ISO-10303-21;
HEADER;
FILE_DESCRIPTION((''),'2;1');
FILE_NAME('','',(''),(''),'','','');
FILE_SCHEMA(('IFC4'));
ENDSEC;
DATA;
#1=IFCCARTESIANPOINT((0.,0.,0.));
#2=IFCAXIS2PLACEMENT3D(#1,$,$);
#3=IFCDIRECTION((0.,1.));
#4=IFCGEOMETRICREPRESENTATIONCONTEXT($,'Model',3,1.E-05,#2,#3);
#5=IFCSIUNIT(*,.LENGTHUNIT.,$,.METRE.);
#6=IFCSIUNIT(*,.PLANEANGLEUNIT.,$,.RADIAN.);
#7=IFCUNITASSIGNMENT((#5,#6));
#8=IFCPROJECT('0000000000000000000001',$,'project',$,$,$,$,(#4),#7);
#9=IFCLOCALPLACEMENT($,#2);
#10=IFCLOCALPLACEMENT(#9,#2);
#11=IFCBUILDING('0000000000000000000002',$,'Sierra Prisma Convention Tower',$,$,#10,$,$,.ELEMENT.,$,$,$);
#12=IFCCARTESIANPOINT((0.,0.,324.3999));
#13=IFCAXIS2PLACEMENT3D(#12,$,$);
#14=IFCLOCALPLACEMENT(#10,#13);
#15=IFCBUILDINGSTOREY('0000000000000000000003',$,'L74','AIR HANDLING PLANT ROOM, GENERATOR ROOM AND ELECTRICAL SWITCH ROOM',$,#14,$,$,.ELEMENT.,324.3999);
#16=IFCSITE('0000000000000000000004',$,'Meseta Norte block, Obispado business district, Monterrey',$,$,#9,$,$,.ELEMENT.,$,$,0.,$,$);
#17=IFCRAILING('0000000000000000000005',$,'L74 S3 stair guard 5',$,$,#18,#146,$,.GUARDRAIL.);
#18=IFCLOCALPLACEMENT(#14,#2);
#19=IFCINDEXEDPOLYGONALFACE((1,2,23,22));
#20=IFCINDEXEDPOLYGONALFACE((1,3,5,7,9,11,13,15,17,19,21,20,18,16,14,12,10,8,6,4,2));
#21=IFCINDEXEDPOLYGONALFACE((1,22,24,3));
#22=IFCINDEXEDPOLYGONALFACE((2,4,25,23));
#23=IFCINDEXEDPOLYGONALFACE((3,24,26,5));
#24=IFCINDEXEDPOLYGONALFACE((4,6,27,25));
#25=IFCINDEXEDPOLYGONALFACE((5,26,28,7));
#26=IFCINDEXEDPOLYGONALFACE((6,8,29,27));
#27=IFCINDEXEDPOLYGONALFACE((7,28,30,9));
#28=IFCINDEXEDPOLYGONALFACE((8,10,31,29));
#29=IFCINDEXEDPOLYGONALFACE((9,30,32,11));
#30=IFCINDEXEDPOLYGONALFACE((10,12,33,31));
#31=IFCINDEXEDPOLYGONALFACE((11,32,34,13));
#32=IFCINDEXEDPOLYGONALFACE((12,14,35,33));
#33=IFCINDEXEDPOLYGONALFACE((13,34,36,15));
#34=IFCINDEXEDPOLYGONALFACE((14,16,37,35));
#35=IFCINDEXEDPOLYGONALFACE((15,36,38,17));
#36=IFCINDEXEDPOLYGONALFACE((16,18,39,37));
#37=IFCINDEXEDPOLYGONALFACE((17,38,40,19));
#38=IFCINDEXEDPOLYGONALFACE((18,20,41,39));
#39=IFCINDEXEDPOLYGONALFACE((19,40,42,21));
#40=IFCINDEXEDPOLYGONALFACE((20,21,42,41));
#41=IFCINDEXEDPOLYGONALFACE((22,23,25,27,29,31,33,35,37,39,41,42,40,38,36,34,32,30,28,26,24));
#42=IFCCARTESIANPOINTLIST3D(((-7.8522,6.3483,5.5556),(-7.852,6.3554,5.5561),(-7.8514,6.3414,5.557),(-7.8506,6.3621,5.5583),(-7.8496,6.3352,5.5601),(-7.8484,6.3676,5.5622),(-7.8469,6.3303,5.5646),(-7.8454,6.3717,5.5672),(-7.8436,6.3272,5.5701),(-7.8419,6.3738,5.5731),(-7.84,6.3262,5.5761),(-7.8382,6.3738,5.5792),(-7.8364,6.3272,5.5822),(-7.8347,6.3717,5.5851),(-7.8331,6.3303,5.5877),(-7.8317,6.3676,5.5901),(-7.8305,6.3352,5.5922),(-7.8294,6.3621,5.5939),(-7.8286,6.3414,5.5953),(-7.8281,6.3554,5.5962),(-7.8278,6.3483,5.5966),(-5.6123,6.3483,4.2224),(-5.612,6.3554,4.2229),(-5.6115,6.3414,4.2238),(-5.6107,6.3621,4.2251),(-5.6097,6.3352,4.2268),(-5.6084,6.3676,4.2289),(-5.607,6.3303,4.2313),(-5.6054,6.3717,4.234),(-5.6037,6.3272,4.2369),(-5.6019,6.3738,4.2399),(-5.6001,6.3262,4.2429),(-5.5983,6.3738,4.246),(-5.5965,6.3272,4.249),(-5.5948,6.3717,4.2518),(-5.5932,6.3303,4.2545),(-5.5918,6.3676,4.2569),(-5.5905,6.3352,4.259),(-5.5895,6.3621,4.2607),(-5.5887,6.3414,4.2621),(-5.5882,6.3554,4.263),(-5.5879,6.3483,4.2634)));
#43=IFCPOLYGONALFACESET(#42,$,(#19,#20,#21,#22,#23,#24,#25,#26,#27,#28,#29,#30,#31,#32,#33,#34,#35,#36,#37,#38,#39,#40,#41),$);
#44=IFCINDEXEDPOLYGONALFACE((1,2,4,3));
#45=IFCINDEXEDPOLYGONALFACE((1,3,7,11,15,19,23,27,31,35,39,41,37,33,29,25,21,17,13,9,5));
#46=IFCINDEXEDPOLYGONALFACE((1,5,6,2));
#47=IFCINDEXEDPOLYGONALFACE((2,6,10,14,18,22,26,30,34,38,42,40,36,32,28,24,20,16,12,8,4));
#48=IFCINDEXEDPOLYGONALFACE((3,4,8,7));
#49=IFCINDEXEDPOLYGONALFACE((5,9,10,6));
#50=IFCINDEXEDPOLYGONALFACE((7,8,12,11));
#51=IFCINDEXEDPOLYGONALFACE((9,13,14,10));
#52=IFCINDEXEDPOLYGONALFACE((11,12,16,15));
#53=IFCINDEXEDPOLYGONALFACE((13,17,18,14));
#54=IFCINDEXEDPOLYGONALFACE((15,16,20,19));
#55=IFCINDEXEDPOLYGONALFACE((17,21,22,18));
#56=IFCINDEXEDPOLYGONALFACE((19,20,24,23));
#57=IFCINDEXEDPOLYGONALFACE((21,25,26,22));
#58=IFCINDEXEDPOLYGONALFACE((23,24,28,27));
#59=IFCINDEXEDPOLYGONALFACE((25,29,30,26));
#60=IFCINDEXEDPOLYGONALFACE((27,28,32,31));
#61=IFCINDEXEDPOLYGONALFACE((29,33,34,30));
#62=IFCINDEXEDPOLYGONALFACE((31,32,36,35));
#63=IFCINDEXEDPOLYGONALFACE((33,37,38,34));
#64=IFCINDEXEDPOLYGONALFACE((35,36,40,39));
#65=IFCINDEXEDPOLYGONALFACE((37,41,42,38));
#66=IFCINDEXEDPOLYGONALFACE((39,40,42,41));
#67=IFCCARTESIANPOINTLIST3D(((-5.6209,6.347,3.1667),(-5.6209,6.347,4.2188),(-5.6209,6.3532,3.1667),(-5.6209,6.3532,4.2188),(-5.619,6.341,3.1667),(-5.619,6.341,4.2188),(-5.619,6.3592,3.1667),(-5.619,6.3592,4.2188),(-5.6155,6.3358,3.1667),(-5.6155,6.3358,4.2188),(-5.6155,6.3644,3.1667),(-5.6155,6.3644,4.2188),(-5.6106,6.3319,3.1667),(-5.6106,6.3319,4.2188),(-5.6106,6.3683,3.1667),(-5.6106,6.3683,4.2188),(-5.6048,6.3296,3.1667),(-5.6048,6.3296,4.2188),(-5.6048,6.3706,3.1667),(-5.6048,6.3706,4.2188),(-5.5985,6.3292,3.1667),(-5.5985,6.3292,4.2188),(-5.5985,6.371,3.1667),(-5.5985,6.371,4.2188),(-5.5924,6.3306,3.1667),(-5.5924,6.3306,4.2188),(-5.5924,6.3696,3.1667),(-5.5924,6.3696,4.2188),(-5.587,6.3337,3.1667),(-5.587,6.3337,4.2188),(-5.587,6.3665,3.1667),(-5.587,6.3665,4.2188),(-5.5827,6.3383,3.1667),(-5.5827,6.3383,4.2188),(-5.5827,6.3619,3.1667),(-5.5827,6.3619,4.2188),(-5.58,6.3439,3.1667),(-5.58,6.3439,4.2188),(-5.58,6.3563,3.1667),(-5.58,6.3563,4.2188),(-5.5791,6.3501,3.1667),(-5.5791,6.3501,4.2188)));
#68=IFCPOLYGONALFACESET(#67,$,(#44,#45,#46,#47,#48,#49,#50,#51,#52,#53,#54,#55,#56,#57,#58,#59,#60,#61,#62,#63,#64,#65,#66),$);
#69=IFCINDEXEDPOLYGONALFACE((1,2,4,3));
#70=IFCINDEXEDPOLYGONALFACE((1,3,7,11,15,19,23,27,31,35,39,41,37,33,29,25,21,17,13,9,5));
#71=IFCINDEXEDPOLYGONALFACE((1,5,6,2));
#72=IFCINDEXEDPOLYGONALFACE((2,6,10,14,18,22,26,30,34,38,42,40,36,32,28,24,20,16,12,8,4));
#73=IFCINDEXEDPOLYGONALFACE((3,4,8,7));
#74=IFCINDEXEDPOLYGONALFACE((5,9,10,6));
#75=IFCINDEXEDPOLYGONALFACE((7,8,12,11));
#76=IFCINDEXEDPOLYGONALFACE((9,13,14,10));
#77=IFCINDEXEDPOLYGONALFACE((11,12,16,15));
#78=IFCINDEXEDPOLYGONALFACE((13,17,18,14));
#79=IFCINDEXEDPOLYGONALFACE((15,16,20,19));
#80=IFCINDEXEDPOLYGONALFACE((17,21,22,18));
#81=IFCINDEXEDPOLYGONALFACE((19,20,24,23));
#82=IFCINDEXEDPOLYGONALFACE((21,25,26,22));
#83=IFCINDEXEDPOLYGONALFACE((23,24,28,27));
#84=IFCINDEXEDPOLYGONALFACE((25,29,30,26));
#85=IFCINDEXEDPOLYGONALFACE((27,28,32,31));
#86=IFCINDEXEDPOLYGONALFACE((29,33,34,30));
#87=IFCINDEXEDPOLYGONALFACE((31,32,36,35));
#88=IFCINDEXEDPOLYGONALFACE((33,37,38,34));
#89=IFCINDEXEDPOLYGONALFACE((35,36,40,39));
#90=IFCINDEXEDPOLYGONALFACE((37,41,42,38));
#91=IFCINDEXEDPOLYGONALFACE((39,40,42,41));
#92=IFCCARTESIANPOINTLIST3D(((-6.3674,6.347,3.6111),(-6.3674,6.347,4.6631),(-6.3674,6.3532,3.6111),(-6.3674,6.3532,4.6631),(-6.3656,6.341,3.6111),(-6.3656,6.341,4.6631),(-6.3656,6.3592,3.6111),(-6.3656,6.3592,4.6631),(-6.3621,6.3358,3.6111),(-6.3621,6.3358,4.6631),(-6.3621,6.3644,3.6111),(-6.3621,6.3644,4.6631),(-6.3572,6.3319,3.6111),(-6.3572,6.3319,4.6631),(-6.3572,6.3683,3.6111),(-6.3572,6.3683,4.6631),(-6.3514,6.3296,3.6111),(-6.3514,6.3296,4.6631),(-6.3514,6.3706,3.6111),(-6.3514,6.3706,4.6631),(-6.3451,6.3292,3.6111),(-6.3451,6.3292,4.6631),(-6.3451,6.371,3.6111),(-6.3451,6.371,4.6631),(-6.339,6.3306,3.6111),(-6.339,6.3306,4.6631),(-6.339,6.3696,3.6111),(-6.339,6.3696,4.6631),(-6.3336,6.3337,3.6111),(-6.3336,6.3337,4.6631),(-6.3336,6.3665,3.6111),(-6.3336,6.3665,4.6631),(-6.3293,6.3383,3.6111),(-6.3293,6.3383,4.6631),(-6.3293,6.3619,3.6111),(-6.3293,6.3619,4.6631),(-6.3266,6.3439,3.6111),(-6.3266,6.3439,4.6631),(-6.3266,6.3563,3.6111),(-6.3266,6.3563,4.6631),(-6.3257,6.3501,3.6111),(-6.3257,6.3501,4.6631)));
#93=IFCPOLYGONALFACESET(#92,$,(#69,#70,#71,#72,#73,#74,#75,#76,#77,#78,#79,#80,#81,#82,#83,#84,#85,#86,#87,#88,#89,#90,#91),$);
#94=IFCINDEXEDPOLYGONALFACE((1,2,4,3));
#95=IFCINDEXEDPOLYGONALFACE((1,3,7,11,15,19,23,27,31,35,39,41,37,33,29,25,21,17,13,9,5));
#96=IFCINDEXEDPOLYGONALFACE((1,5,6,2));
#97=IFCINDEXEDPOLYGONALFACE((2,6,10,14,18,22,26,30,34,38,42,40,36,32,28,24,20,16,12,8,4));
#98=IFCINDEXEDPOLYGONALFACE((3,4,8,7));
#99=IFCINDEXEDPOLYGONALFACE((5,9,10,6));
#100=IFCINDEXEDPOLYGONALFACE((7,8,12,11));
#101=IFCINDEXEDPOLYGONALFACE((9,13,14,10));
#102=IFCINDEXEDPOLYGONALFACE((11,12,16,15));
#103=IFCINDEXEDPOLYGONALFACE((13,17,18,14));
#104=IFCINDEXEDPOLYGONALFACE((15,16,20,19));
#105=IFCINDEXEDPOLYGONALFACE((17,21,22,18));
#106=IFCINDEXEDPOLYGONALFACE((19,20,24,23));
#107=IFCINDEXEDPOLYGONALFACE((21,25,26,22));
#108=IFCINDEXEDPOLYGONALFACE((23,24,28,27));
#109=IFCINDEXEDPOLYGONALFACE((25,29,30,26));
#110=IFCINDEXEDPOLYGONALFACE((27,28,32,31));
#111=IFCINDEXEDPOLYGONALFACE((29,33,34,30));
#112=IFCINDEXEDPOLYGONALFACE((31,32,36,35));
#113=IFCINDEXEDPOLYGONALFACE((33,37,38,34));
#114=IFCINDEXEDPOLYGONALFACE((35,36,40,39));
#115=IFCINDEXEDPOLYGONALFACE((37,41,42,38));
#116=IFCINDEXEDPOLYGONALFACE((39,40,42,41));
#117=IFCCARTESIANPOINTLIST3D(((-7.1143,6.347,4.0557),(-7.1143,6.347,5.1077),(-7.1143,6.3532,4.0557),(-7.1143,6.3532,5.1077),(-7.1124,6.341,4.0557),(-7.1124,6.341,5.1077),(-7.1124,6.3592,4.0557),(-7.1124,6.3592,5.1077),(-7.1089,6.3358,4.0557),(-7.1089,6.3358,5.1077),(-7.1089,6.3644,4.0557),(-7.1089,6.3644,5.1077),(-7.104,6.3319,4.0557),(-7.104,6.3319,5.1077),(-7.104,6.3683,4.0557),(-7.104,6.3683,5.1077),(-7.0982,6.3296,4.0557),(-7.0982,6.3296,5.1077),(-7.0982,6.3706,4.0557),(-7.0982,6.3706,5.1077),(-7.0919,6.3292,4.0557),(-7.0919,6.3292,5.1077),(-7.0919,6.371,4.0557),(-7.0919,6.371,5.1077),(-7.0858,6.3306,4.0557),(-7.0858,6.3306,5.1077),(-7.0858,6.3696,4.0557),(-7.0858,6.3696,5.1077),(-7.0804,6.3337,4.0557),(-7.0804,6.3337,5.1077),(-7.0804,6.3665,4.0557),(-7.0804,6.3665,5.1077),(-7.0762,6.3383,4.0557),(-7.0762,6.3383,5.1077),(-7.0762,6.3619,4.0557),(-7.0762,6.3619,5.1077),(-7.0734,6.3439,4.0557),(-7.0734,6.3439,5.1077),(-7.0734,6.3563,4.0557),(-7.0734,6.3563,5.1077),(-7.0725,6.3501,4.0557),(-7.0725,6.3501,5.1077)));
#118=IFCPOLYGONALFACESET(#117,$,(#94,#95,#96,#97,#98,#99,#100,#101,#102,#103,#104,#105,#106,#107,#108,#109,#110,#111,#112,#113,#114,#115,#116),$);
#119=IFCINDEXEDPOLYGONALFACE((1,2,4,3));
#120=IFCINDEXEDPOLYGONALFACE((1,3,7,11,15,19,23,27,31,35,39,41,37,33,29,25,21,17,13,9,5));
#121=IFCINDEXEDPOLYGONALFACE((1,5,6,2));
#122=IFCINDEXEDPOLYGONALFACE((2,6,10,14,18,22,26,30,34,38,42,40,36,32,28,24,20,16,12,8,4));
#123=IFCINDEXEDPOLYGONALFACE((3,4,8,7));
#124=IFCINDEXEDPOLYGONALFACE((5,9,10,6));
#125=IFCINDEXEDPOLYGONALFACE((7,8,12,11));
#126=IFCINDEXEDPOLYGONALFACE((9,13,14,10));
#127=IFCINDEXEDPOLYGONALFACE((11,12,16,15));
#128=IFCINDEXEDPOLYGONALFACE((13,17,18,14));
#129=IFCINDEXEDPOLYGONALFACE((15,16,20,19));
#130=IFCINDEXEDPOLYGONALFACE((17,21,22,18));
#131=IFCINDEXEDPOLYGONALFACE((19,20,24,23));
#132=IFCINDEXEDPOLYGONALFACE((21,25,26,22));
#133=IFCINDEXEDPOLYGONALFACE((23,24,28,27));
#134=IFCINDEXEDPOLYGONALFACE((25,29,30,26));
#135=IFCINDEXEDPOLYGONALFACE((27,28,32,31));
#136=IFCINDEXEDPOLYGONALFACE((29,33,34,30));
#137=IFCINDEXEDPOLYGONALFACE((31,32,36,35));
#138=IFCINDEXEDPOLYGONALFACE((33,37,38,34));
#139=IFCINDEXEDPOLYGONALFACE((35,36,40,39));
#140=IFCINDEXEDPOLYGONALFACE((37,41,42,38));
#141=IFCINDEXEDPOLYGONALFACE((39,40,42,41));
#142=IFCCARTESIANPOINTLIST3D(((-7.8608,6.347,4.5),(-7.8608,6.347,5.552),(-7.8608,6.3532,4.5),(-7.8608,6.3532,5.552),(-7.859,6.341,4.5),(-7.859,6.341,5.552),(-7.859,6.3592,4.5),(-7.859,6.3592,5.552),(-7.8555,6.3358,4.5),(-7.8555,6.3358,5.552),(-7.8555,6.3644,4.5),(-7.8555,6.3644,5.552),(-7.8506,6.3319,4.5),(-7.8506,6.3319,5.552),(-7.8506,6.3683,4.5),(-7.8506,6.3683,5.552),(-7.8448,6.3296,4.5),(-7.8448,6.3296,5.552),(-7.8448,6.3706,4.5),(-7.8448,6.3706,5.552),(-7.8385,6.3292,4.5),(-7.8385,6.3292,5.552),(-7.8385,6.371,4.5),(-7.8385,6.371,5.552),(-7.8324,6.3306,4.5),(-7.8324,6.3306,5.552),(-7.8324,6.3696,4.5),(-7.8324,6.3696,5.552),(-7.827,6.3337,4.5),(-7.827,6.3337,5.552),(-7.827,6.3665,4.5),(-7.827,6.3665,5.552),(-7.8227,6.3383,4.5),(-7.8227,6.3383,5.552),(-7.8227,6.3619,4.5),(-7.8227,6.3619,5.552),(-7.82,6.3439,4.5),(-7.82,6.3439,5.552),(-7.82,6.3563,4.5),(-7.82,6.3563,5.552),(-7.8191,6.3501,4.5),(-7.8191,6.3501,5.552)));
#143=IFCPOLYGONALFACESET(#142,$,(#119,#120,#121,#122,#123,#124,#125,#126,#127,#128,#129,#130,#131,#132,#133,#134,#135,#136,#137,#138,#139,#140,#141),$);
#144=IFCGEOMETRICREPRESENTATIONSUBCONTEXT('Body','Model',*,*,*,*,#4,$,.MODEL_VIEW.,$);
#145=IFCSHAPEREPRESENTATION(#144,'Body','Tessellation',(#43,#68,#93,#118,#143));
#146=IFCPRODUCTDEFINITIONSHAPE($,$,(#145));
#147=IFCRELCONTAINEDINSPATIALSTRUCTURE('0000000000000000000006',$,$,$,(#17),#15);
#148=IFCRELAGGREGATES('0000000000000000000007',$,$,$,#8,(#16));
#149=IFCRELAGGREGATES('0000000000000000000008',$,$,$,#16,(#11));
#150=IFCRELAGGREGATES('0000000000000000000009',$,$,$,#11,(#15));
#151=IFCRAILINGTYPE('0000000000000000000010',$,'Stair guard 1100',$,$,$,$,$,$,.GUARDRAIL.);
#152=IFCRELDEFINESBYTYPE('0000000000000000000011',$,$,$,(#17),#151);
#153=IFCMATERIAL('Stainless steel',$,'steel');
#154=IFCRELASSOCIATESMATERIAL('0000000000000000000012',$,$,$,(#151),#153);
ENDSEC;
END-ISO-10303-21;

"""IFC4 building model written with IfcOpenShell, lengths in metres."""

from ifc_helpers import new_model, si_unit, direction, frame, origin, origin_2d, place, context, subcontext, project, spatial, circle, extrude, material, type_object, element, save


model = new_model("IFC4")

# Units and contexts
model_context = context("Model", 3, precision=1e-05, world=origin(), true_north=direction((0.0, 1.0)))
body_context = subcontext(model_context, "Body", "Model", "MODEL_VIEW")
ifc_project = project(units=[si_unit("LENGTHUNIT", "METRE"), si_unit("PLANEANGLEUNIT", "RADIAN")], contexts=[model_context])

# Site, building, storey
site_placement = place(None, origin())
site = spatial("IfcSite", under=ifc_project, at=site_placement, Name="Meseta Norte block, Obispado business district, Monterrey", CompositionType="ELEMENT", RefElevation=0.0)
building_placement = place(site_placement, origin())
building = spatial("IfcBuilding", under=site, at=building_placement, Name="Sierra Prisma Convention Tower", CompositionType="ELEMENT")
storey_placement = place(building_placement, frame((0.0, 0.0, 324.3999)))
storey = spatial("IfcBuildingStorey", under=building, at=storey_placement, Name="L74", Description="AIR HANDLING PLANT ROOM, GENERATOR ROOM AND ELECTRICAL SWITCH ROOM", CompositionType="ELEMENT", Elevation=324.3999)

# Railing
ifc_material_1 = material(Name="Stainless steel", Category="steel")
railing_type_1 = type_object("IfcRailingType", Name="Stair guard 1100", PredefinedType="GUARDRAIL", material=ifc_material_1)
railing_1_placement = place(storey_placement, frame((-5.6001, 6.3501, 3.1667)))
element("IfcRailing", 1, at=railing_1_placement, inside=storey, type_object=railing_type_1, Name="L74 S3 stair guard 5", PredefinedType="GUARDRAIL", context=body_context, shape_type="SweptSolid", body=[
    extrude(circle(Radius=0.0239, at=origin_2d()), frame((0.0, 0.0, 1.0762), z_axis=(-0.859306, 0.0, 0.511462), x_axis=(0.0, -1.0, 0.0)), (0.0, 0.0, 1.0), 2.6067),
    extrude(circle(Radius=0.021, at=origin_2d()), origin(), (0.0, 0.0, 1.0), 1.052),
    extrude(circle(Radius=0.021, at=origin_2d()), frame((-0.7466, 0.0, 0.4443)), (0.0, 0.0, 1.0), 1.052),
    extrude(circle(Radius=0.021, at=origin_2d()), frame((-1.4934, 0.0, 0.8889)), (0.0, 0.0, 1.0), 1.052),
    extrude(circle(Radius=0.021, at=origin_2d()), frame((-2.24, 0.0, 1.3333)), (0.0, 0.0, 1.0), 1.052),
])

save(model, "model.ifc")
